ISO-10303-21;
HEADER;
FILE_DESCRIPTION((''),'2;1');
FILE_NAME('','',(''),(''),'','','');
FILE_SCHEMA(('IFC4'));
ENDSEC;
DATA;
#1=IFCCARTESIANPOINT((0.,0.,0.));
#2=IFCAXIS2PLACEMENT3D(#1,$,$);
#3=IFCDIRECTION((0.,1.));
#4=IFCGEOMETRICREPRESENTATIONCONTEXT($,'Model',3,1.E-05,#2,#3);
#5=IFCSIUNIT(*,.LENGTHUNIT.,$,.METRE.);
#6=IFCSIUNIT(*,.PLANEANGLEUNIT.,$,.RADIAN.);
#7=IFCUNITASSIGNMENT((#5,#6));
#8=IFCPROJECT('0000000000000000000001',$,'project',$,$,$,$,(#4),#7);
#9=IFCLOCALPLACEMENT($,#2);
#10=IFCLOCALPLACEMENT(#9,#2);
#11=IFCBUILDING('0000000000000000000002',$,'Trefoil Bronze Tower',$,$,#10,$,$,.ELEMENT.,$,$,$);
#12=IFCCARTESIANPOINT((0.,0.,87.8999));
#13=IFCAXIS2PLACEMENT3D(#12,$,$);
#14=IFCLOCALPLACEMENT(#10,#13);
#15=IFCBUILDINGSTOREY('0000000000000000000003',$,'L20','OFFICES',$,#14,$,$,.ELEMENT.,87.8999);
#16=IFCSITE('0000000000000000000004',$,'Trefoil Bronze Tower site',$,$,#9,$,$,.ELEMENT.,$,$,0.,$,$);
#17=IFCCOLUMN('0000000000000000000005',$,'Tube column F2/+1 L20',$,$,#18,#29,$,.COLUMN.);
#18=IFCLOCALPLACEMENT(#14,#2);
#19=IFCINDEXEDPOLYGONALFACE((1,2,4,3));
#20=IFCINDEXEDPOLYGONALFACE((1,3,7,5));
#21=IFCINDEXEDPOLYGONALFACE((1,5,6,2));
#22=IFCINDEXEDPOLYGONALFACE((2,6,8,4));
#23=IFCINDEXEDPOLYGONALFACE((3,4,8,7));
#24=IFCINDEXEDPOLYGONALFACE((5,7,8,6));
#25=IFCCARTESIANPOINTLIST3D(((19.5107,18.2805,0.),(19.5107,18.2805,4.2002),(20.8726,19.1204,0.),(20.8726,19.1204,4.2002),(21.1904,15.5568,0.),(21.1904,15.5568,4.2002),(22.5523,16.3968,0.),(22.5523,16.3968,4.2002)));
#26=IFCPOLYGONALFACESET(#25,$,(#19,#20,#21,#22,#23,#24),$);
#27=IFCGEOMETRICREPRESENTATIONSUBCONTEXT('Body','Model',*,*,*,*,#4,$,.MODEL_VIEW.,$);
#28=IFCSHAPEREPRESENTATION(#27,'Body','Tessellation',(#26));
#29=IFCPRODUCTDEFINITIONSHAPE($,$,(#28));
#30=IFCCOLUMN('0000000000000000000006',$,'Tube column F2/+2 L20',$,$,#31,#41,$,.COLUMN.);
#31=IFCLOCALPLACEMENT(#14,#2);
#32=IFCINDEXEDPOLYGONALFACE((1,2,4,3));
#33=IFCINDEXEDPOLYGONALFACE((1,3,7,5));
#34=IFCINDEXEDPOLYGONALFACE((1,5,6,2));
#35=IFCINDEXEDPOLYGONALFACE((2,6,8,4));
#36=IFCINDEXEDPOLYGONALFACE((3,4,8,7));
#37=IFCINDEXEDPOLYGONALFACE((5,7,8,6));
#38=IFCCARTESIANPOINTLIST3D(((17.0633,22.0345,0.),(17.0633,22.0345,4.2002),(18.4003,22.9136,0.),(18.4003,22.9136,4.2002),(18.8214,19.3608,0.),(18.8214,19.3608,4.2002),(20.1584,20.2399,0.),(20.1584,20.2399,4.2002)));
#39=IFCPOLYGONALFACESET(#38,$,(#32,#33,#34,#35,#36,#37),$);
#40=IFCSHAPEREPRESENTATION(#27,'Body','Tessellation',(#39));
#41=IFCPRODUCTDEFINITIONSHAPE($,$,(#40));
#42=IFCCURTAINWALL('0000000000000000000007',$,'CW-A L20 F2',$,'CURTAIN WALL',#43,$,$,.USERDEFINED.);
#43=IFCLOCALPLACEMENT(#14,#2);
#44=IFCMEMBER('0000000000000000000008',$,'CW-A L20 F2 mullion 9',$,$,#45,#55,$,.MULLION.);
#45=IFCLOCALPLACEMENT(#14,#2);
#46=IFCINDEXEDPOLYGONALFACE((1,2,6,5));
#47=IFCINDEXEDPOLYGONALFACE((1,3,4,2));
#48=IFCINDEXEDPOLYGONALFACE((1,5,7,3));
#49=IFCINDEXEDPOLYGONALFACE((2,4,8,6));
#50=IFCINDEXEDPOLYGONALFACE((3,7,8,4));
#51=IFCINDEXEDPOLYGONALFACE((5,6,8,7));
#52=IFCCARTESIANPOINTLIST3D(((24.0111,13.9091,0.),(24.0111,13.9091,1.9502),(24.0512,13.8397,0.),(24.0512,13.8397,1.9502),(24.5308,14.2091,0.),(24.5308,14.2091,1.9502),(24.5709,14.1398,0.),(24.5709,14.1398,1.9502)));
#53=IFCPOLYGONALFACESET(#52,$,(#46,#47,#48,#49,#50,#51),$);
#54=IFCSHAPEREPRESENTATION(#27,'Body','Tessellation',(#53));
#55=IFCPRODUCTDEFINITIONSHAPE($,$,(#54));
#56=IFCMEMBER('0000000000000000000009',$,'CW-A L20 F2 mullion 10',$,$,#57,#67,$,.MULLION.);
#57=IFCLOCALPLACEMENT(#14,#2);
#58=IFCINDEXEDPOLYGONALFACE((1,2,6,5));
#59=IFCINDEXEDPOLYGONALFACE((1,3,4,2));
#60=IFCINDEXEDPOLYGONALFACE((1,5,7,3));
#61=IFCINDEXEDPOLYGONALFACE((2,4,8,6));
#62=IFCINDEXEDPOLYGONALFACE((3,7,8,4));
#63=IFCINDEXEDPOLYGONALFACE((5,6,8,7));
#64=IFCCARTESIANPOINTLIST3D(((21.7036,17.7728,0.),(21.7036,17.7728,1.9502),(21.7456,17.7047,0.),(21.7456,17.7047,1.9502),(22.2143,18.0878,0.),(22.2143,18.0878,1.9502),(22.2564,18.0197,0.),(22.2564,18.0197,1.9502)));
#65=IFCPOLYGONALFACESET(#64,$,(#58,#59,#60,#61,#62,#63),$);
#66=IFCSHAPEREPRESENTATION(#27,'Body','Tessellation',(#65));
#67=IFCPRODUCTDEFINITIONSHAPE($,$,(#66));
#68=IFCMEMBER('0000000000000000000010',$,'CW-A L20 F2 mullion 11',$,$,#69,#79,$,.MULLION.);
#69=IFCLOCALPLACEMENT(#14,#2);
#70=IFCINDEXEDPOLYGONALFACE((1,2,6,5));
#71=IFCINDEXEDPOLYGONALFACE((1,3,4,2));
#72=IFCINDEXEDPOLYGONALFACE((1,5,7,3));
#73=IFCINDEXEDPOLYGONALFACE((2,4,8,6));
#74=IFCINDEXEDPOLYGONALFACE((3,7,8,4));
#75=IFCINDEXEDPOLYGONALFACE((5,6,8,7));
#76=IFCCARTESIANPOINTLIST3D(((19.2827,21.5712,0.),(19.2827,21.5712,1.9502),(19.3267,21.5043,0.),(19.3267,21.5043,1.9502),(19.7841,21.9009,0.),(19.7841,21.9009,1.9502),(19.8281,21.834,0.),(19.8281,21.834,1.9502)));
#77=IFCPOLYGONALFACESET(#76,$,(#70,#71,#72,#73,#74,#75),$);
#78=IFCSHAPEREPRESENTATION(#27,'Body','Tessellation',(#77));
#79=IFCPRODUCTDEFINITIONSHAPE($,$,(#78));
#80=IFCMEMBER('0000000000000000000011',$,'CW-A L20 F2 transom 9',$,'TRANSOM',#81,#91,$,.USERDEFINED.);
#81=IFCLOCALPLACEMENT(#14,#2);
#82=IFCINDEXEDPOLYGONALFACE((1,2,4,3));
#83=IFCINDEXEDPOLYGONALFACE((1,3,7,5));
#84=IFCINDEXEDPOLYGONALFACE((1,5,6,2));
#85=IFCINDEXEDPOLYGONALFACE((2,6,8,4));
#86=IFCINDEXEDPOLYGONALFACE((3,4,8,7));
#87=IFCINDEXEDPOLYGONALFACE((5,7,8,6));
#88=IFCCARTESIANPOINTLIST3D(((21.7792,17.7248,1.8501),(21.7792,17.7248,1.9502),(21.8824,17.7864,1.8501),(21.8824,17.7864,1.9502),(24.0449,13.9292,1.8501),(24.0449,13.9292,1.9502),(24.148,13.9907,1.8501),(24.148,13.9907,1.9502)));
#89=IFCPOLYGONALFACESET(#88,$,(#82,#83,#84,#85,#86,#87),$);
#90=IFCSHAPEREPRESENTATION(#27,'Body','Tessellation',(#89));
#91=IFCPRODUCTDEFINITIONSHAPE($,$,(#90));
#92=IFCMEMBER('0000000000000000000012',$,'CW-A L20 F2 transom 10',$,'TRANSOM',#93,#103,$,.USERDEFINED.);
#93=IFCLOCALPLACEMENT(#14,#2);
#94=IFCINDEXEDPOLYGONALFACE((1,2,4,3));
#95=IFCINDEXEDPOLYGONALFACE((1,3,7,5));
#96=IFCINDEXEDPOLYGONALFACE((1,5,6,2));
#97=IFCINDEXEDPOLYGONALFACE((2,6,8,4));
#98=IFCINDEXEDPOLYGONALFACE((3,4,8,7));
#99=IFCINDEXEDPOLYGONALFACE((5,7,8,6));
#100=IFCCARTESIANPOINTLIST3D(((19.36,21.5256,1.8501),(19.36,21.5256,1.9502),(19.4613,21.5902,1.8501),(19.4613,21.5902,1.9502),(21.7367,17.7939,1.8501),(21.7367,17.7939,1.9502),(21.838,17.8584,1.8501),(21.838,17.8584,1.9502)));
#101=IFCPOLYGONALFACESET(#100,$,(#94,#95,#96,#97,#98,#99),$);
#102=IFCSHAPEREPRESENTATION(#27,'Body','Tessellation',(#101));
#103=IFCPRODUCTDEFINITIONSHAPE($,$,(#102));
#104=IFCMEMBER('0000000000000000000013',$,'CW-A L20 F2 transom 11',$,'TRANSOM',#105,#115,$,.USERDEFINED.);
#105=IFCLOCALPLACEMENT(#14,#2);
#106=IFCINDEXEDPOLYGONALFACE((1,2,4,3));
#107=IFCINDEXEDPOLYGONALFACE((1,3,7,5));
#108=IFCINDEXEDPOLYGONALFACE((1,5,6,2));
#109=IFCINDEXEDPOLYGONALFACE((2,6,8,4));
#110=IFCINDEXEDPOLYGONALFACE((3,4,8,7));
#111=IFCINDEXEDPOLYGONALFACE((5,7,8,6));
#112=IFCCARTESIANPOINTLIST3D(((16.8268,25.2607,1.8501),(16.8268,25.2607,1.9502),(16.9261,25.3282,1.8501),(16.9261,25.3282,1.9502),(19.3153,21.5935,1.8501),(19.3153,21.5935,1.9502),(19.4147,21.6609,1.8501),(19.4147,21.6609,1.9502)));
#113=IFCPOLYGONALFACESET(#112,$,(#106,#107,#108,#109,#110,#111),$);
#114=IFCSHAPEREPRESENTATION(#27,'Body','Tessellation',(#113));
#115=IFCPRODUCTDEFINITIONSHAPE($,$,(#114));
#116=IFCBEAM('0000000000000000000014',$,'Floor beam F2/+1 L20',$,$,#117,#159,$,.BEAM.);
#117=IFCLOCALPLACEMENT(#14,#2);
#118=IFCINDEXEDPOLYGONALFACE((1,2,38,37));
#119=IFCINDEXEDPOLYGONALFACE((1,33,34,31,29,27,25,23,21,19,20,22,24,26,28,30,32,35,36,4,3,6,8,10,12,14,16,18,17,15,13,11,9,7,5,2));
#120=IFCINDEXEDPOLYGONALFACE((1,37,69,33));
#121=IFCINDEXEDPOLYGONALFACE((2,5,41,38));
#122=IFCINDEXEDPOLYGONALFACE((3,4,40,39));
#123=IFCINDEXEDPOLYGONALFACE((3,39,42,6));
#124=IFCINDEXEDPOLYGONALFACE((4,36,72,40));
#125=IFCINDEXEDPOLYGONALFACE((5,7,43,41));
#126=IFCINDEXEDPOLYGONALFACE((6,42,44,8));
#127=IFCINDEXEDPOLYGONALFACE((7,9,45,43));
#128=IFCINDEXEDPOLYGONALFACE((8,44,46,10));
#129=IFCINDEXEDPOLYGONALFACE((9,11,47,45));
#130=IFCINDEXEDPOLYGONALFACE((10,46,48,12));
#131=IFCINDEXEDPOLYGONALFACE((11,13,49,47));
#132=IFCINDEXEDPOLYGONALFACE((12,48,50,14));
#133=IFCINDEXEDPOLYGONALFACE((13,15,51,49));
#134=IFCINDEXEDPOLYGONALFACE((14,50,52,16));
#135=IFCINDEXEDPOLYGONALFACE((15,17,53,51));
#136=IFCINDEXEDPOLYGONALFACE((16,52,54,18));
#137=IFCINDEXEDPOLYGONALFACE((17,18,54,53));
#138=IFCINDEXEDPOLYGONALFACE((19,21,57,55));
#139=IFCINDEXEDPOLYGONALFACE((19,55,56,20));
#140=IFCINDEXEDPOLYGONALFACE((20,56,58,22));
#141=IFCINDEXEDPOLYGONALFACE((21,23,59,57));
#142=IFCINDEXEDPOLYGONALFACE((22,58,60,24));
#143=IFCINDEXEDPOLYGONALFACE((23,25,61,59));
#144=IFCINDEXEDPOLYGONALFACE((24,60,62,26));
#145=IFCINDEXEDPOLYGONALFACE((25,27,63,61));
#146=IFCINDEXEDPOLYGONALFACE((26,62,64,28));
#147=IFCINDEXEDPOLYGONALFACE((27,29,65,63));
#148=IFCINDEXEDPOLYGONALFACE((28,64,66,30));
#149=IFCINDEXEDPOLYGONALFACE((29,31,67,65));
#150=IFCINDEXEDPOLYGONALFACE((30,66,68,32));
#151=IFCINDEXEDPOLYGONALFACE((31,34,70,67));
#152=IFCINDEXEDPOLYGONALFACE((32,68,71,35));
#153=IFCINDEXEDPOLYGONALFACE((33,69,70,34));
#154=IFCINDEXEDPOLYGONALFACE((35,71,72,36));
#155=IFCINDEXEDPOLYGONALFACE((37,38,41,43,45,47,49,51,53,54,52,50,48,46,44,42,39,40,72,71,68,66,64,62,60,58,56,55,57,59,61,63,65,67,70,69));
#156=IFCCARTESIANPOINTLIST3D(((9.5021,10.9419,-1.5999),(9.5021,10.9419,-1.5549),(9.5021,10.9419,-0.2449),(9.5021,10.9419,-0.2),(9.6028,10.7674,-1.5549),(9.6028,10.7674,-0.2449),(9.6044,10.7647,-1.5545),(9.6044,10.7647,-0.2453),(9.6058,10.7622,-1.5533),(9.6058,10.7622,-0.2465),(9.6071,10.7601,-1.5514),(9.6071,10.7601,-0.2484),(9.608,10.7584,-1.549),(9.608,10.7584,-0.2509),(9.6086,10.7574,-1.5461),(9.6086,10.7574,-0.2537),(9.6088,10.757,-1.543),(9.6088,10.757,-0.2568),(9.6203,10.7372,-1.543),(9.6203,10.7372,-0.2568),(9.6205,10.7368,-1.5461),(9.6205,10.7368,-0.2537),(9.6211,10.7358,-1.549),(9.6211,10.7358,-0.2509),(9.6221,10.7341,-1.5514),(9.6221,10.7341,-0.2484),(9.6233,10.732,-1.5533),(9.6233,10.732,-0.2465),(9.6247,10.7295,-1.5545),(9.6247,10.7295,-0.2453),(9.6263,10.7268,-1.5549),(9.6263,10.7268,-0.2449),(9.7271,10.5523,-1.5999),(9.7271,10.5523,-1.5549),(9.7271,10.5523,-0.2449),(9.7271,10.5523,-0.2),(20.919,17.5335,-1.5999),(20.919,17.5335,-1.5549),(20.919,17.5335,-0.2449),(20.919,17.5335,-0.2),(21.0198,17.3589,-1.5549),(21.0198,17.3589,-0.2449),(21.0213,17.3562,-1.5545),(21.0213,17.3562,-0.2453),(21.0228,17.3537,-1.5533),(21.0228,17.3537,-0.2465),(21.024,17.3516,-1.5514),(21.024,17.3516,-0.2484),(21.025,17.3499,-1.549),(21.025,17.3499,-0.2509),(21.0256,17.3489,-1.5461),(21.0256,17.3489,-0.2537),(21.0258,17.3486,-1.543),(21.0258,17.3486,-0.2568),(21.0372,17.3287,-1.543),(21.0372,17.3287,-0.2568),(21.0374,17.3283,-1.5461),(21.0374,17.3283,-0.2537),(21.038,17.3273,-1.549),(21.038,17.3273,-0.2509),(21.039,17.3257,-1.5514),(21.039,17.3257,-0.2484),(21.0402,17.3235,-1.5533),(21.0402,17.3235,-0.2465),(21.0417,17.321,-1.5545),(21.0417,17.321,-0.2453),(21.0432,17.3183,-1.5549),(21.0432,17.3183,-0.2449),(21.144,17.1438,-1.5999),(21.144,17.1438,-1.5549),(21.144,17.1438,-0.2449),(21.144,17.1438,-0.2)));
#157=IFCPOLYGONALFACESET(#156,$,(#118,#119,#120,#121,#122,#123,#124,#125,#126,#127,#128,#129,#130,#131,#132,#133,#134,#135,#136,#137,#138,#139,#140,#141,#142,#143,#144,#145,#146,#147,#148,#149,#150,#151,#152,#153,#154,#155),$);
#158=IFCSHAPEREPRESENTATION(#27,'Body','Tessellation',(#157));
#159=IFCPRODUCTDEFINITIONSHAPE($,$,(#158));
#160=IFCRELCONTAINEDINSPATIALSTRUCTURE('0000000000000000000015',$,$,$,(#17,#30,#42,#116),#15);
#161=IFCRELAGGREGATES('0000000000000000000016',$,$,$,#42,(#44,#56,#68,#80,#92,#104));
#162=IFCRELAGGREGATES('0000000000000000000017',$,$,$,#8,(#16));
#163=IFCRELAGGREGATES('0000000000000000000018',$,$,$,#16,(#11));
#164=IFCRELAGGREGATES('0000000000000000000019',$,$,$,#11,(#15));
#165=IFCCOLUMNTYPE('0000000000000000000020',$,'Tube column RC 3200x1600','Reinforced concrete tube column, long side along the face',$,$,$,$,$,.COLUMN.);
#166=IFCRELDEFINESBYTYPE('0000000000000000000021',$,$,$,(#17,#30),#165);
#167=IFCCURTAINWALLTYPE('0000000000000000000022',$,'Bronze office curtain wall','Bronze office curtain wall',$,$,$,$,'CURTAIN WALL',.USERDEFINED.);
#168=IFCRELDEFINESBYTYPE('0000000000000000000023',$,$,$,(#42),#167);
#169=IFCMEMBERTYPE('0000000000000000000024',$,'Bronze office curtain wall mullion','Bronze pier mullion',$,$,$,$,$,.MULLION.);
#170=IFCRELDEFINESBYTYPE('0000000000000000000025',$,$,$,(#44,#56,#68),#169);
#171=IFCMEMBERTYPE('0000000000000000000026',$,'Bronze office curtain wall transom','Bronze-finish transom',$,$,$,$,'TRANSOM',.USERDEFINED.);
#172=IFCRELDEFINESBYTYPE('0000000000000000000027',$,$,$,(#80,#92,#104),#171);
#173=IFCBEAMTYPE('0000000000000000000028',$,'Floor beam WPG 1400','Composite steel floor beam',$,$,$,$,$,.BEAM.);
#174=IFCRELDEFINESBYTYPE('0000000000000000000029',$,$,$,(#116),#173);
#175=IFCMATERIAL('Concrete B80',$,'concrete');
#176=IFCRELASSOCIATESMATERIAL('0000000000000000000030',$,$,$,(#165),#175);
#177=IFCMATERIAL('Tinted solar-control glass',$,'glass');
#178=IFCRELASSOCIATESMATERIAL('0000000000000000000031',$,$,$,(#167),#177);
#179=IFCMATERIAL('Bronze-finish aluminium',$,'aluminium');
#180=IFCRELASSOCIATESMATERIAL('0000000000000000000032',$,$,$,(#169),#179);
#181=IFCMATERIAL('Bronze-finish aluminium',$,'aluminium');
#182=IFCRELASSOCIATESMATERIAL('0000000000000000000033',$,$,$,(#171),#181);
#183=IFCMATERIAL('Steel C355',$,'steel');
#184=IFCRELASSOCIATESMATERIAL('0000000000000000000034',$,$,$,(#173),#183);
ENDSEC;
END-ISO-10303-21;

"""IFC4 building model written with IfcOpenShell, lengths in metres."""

from ifc_helpers import new_model, si_unit, direction, frame, origin, origin_2d, place, context, subcontext, project, spatial, rectangle, i_section, extrude, material, material_profile, profile_set, type_object, element, aggregate, save


model = new_model("IFC4")

# Units and contexts
model_context = context("Model", 3, precision=1e-05, world=origin(), true_north=direction((0.0, 1.0)))
body_context = subcontext(model_context, "Body", "Model", "MODEL_VIEW")
ifc_project = project(units=[si_unit("LENGTHUNIT", "METRE"), si_unit("PLANEANGLEUNIT", "RADIAN")], contexts=[model_context])

# Site, building, storey
site_placement = place(None, origin())
site = spatial("IfcSite", under=ifc_project, at=site_placement, Name="Trefoil Bronze Tower site", CompositionType="ELEMENT", RefElevation=0.0)
building_placement = place(site_placement, origin())
building = spatial("IfcBuilding", under=site, at=building_placement, Name="Trefoil Bronze Tower", CompositionType="ELEMENT")
storey_placement = place(building_placement, frame((0.0, 0.0, 87.8999)))
storey = spatial("IfcBuildingStorey", under=building, at=storey_placement, Name="L20", Description="OFFICES", CompositionType="ELEMENT", Elevation=87.8999)

# Columns
ifc_material_1 = material(Name="Concrete B80", Category="concrete")
ifc_material_profile_1 = material_profile(ifc_material_1, rectangle(XDim=3.2, YDim=1.6001, at=origin_2d()), Name="RC 3200x1600")
ifc_profile_set_1 = profile_set([ifc_material_profile_1], Name="Concrete B80")
column_type = type_object("IfcColumnType", Name="Tube column RC 3200x1600", Description="Reinforced concrete tube column, long side along the face", PredefinedType="COLUMN", material=ifc_profile_set_1)
for number, where, z_axis, x_axis, name in (
    (1, (21.0315, 17.3386, 0.0), (0.0, 0.0, 1.0), (-0.524923, 0.85115, 0.0), "Tube column F2/+1 L20"),
    (2, (18.6108, 21.1372, 0.0), (0.0, 0.0, 1.0), (-0.549424, 0.835544, 0.0), "Tube column F2/+2 L20"),
):
    element("IfcColumn", number, at=place(storey_placement, frame(where, z_axis=z_axis, x_axis=x_axis)), inside=storey, type_object=column_type, Name=name, PredefinedType="COLUMN", context=body_context, shape_type="SweptSolid", body=[
        extrude(rectangle(XDim=3.2, YDim=1.6001, at=origin_2d()), origin(), (0.0, 0.0, 1.0), 4.2002),
    ])

# Curtain wall, members
ifc_material_2 = material(Name="Tinted solar-control glass", Category="glass")
curtain_wall_type = type_object("IfcCurtainWallType", Name="Bronze office curtain wall", Description="Bronze office curtain wall", ElementType="CURTAIN WALL", PredefinedType="USERDEFINED", material=ifc_material_2)
curtain_wall_placement = place(storey_placement, origin())
curtain_wall = element("IfcCurtainWall", 3, at=curtain_wall_placement, inside=storey, type_object=curtain_wall_type, Name="CW-A L20 F2", ObjectType="CURTAIN WALL", PredefinedType="USERDEFINED")
ifc_material_3 = material(Name="Bronze-finish aluminium", Category="aluminium")
ifc_material_profile_2 = material_profile(ifc_material_3, rectangle(XDim=0.6001, YDim=0.0801, at=origin_2d()), Name="CW-A mullion")
ifc_profile_set_2 = profile_set([ifc_material_profile_2], Name="Bronze-finish aluminium")
member_type_1 = type_object("IfcMemberType", Name="Bronze office curtain wall mullion", Description="Bronze pier mullion", PredefinedType="MULLION", material=ifc_profile_set_2)
member_1_placement = place(storey_placement, frame((24.291, 14.0244, 0.0), z_axis=(0.0, 0.0, 1.0), x_axis=(-0.866025, -0.5, 0.0)))
member_1 = element("IfcMember", 4, at=member_1_placement, type_object=member_type_1, Name="CW-A L20 F2 mullion 9", PredefinedType="MULLION", context=body_context, shape_type="SweptSolid", body=[
    extrude(rectangle(XDim=0.6001, YDim=0.0801, at=origin_2d()), origin(), (0.0, 0.0, 1.0), 1.9502),
])
member_2_placement = place(storey_placement, frame((21.98, 17.8962, 0.0), z_axis=(0.0, 0.0, 1.0), x_axis=(-0.85115, -0.524923, 0.0)))
member_2 = element("IfcMember", 5, at=member_2_placement, type_object=member_type_1, Name="CW-A L20 F2 mullion 10", PredefinedType="MULLION", context=body_context, shape_type="SweptSolid", body=[
    extrude(rectangle(XDim=0.6001, YDim=0.0801, at=origin_2d()), origin(), (0.0, 0.0, 1.0), 1.9502),
])
member_3_placement = place(storey_placement, frame((19.5554, 21.7026, 0.0), z_axis=(0.0, 0.0, 1.0), x_axis=(-0.835544, -0.549424, 0.0)))
member_3 = element("IfcMember", 6, at=member_3_placement, type_object=member_type_1, Name="CW-A L20 F2 mullion 11", PredefinedType="MULLION", context=body_context, shape_type="SweptSolid", body=[
    extrude(rectangle(XDim=0.6001, YDim=0.0801, at=origin_2d()), origin(), (0.0, 0.0, 1.0), 1.9502),
])
ifc_material_4 = material(Name="Bronze-finish aluminium", Category="aluminium")
ifc_material_profile_3 = material_profile(ifc_material_4, rectangle(XDim=0.1201, YDim=0.1001, at=origin_2d()), Name="CW-A transom")
ifc_profile_set_3 = profile_set([ifc_material_profile_3], Name="Bronze-finish aluminium")
member_type_2 = type_object("IfcMemberType", Name="Bronze office curtain wall transom", Description="Bronze-finish transom", ElementType="TRANSOM", PredefinedType="USERDEFINED", material=ifc_profile_set_3)
member_4_placement = place(storey_placement, frame((24.0964, 13.96, 1.9001), z_axis=(-0.512537, 0.858665, 0.0), x_axis=(-0.858665, -0.512537, 0.0)))
member_4 = element("IfcMember", 7, at=member_4_placement, type_object=member_type_2, Name="CW-A L20 F2 transom 9", ObjectType="TRANSOM", PredefinedType="USERDEFINED", context=body_context, shape_type="SweptSolid", body=[
    extrude(rectangle(XDim=0.1201, YDim=0.1001, at=origin_2d()), origin(), (0.0, 0.0, 1.0), 4.4204),
])
member_5_placement = place(storey_placement, frame((21.7874, 17.8262, 1.9001), z_axis=(-0.537197, 0.843457, 0.0), x_axis=(-0.843457, -0.537197, 0.0)))
member_5 = element("IfcMember", 8, at=member_5_placement, type_object=member_type_2, Name="CW-A L20 F2 transom 10", ObjectType="TRANSOM", PredefinedType="USERDEFINED", context=body_context, shape_type="SweptSolid", body=[
    extrude(rectangle(XDim=0.1201, YDim=0.1001, at=origin_2d()), origin(), (0.0, 0.0, 1.0), 4.4243),
])
member_6_placement = place(storey_placement, frame((19.365, 21.6272, 1.9001), z_axis=(-0.561508, 0.827471, 0.0), x_axis=(-0.827471, -0.561508, 0.0)))
member_6 = element("IfcMember", 9, at=member_6_placement, type_object=member_type_2, Name="CW-A L20 F2 transom 11", ObjectType="TRANSOM", PredefinedType="USERDEFINED", context=body_context, shape_type="SweptSolid", body=[
    extrude(rectangle(XDim=0.1201, YDim=0.1001, at=origin_2d()), origin(), (0.0, 0.0, 1.0), 4.4319),
])

# Beam
ifc_material_5 = material(Name="Steel C355", Category="steel")
ifc_material_profile_4 = material_profile(ifc_material_5, i_section(OverallWidth=0.45, OverallDepth=1.3999, WebThickness=0.0229, FlangeThickness=0.0449, FilletRadius=0.012, at=origin_2d()), Name="WPG 1400")
ifc_profile_set_4 = profile_set([ifc_material_profile_4], Name="Steel C355")
beam_type_1 = type_object("IfcBeamType", Name="Floor beam WPG 1400", Description="Composite steel floor beam", PredefinedType="BEAM", material=ifc_profile_set_4)
beam_1_placement = place(storey_placement, frame((21.0315, 17.3386, -0.8999), z_axis=(-0.866027, -0.499997, 0.0), x_axis=(0.499997, -0.866027, 0.0)))
element("IfcBeam", 10, at=beam_1_placement, inside=storey, type_object=beam_type_1, Name="Floor beam F2/+1 L20", PredefinedType="BEAM", context=body_context, shape_type="SweptSolid", body=[
    extrude(i_section(OverallWidth=0.45, OverallDepth=1.3999, WebThickness=0.0229, FlangeThickness=0.0449, FilletRadius=0.012, at=origin_2d()), origin(), (0.0, 0.0, 1.0), 13.1831),
])

aggregate(curtain_wall, [member_1, member_2, member_3, member_4, member_5, member_6])

save(model, "model.ifc")
